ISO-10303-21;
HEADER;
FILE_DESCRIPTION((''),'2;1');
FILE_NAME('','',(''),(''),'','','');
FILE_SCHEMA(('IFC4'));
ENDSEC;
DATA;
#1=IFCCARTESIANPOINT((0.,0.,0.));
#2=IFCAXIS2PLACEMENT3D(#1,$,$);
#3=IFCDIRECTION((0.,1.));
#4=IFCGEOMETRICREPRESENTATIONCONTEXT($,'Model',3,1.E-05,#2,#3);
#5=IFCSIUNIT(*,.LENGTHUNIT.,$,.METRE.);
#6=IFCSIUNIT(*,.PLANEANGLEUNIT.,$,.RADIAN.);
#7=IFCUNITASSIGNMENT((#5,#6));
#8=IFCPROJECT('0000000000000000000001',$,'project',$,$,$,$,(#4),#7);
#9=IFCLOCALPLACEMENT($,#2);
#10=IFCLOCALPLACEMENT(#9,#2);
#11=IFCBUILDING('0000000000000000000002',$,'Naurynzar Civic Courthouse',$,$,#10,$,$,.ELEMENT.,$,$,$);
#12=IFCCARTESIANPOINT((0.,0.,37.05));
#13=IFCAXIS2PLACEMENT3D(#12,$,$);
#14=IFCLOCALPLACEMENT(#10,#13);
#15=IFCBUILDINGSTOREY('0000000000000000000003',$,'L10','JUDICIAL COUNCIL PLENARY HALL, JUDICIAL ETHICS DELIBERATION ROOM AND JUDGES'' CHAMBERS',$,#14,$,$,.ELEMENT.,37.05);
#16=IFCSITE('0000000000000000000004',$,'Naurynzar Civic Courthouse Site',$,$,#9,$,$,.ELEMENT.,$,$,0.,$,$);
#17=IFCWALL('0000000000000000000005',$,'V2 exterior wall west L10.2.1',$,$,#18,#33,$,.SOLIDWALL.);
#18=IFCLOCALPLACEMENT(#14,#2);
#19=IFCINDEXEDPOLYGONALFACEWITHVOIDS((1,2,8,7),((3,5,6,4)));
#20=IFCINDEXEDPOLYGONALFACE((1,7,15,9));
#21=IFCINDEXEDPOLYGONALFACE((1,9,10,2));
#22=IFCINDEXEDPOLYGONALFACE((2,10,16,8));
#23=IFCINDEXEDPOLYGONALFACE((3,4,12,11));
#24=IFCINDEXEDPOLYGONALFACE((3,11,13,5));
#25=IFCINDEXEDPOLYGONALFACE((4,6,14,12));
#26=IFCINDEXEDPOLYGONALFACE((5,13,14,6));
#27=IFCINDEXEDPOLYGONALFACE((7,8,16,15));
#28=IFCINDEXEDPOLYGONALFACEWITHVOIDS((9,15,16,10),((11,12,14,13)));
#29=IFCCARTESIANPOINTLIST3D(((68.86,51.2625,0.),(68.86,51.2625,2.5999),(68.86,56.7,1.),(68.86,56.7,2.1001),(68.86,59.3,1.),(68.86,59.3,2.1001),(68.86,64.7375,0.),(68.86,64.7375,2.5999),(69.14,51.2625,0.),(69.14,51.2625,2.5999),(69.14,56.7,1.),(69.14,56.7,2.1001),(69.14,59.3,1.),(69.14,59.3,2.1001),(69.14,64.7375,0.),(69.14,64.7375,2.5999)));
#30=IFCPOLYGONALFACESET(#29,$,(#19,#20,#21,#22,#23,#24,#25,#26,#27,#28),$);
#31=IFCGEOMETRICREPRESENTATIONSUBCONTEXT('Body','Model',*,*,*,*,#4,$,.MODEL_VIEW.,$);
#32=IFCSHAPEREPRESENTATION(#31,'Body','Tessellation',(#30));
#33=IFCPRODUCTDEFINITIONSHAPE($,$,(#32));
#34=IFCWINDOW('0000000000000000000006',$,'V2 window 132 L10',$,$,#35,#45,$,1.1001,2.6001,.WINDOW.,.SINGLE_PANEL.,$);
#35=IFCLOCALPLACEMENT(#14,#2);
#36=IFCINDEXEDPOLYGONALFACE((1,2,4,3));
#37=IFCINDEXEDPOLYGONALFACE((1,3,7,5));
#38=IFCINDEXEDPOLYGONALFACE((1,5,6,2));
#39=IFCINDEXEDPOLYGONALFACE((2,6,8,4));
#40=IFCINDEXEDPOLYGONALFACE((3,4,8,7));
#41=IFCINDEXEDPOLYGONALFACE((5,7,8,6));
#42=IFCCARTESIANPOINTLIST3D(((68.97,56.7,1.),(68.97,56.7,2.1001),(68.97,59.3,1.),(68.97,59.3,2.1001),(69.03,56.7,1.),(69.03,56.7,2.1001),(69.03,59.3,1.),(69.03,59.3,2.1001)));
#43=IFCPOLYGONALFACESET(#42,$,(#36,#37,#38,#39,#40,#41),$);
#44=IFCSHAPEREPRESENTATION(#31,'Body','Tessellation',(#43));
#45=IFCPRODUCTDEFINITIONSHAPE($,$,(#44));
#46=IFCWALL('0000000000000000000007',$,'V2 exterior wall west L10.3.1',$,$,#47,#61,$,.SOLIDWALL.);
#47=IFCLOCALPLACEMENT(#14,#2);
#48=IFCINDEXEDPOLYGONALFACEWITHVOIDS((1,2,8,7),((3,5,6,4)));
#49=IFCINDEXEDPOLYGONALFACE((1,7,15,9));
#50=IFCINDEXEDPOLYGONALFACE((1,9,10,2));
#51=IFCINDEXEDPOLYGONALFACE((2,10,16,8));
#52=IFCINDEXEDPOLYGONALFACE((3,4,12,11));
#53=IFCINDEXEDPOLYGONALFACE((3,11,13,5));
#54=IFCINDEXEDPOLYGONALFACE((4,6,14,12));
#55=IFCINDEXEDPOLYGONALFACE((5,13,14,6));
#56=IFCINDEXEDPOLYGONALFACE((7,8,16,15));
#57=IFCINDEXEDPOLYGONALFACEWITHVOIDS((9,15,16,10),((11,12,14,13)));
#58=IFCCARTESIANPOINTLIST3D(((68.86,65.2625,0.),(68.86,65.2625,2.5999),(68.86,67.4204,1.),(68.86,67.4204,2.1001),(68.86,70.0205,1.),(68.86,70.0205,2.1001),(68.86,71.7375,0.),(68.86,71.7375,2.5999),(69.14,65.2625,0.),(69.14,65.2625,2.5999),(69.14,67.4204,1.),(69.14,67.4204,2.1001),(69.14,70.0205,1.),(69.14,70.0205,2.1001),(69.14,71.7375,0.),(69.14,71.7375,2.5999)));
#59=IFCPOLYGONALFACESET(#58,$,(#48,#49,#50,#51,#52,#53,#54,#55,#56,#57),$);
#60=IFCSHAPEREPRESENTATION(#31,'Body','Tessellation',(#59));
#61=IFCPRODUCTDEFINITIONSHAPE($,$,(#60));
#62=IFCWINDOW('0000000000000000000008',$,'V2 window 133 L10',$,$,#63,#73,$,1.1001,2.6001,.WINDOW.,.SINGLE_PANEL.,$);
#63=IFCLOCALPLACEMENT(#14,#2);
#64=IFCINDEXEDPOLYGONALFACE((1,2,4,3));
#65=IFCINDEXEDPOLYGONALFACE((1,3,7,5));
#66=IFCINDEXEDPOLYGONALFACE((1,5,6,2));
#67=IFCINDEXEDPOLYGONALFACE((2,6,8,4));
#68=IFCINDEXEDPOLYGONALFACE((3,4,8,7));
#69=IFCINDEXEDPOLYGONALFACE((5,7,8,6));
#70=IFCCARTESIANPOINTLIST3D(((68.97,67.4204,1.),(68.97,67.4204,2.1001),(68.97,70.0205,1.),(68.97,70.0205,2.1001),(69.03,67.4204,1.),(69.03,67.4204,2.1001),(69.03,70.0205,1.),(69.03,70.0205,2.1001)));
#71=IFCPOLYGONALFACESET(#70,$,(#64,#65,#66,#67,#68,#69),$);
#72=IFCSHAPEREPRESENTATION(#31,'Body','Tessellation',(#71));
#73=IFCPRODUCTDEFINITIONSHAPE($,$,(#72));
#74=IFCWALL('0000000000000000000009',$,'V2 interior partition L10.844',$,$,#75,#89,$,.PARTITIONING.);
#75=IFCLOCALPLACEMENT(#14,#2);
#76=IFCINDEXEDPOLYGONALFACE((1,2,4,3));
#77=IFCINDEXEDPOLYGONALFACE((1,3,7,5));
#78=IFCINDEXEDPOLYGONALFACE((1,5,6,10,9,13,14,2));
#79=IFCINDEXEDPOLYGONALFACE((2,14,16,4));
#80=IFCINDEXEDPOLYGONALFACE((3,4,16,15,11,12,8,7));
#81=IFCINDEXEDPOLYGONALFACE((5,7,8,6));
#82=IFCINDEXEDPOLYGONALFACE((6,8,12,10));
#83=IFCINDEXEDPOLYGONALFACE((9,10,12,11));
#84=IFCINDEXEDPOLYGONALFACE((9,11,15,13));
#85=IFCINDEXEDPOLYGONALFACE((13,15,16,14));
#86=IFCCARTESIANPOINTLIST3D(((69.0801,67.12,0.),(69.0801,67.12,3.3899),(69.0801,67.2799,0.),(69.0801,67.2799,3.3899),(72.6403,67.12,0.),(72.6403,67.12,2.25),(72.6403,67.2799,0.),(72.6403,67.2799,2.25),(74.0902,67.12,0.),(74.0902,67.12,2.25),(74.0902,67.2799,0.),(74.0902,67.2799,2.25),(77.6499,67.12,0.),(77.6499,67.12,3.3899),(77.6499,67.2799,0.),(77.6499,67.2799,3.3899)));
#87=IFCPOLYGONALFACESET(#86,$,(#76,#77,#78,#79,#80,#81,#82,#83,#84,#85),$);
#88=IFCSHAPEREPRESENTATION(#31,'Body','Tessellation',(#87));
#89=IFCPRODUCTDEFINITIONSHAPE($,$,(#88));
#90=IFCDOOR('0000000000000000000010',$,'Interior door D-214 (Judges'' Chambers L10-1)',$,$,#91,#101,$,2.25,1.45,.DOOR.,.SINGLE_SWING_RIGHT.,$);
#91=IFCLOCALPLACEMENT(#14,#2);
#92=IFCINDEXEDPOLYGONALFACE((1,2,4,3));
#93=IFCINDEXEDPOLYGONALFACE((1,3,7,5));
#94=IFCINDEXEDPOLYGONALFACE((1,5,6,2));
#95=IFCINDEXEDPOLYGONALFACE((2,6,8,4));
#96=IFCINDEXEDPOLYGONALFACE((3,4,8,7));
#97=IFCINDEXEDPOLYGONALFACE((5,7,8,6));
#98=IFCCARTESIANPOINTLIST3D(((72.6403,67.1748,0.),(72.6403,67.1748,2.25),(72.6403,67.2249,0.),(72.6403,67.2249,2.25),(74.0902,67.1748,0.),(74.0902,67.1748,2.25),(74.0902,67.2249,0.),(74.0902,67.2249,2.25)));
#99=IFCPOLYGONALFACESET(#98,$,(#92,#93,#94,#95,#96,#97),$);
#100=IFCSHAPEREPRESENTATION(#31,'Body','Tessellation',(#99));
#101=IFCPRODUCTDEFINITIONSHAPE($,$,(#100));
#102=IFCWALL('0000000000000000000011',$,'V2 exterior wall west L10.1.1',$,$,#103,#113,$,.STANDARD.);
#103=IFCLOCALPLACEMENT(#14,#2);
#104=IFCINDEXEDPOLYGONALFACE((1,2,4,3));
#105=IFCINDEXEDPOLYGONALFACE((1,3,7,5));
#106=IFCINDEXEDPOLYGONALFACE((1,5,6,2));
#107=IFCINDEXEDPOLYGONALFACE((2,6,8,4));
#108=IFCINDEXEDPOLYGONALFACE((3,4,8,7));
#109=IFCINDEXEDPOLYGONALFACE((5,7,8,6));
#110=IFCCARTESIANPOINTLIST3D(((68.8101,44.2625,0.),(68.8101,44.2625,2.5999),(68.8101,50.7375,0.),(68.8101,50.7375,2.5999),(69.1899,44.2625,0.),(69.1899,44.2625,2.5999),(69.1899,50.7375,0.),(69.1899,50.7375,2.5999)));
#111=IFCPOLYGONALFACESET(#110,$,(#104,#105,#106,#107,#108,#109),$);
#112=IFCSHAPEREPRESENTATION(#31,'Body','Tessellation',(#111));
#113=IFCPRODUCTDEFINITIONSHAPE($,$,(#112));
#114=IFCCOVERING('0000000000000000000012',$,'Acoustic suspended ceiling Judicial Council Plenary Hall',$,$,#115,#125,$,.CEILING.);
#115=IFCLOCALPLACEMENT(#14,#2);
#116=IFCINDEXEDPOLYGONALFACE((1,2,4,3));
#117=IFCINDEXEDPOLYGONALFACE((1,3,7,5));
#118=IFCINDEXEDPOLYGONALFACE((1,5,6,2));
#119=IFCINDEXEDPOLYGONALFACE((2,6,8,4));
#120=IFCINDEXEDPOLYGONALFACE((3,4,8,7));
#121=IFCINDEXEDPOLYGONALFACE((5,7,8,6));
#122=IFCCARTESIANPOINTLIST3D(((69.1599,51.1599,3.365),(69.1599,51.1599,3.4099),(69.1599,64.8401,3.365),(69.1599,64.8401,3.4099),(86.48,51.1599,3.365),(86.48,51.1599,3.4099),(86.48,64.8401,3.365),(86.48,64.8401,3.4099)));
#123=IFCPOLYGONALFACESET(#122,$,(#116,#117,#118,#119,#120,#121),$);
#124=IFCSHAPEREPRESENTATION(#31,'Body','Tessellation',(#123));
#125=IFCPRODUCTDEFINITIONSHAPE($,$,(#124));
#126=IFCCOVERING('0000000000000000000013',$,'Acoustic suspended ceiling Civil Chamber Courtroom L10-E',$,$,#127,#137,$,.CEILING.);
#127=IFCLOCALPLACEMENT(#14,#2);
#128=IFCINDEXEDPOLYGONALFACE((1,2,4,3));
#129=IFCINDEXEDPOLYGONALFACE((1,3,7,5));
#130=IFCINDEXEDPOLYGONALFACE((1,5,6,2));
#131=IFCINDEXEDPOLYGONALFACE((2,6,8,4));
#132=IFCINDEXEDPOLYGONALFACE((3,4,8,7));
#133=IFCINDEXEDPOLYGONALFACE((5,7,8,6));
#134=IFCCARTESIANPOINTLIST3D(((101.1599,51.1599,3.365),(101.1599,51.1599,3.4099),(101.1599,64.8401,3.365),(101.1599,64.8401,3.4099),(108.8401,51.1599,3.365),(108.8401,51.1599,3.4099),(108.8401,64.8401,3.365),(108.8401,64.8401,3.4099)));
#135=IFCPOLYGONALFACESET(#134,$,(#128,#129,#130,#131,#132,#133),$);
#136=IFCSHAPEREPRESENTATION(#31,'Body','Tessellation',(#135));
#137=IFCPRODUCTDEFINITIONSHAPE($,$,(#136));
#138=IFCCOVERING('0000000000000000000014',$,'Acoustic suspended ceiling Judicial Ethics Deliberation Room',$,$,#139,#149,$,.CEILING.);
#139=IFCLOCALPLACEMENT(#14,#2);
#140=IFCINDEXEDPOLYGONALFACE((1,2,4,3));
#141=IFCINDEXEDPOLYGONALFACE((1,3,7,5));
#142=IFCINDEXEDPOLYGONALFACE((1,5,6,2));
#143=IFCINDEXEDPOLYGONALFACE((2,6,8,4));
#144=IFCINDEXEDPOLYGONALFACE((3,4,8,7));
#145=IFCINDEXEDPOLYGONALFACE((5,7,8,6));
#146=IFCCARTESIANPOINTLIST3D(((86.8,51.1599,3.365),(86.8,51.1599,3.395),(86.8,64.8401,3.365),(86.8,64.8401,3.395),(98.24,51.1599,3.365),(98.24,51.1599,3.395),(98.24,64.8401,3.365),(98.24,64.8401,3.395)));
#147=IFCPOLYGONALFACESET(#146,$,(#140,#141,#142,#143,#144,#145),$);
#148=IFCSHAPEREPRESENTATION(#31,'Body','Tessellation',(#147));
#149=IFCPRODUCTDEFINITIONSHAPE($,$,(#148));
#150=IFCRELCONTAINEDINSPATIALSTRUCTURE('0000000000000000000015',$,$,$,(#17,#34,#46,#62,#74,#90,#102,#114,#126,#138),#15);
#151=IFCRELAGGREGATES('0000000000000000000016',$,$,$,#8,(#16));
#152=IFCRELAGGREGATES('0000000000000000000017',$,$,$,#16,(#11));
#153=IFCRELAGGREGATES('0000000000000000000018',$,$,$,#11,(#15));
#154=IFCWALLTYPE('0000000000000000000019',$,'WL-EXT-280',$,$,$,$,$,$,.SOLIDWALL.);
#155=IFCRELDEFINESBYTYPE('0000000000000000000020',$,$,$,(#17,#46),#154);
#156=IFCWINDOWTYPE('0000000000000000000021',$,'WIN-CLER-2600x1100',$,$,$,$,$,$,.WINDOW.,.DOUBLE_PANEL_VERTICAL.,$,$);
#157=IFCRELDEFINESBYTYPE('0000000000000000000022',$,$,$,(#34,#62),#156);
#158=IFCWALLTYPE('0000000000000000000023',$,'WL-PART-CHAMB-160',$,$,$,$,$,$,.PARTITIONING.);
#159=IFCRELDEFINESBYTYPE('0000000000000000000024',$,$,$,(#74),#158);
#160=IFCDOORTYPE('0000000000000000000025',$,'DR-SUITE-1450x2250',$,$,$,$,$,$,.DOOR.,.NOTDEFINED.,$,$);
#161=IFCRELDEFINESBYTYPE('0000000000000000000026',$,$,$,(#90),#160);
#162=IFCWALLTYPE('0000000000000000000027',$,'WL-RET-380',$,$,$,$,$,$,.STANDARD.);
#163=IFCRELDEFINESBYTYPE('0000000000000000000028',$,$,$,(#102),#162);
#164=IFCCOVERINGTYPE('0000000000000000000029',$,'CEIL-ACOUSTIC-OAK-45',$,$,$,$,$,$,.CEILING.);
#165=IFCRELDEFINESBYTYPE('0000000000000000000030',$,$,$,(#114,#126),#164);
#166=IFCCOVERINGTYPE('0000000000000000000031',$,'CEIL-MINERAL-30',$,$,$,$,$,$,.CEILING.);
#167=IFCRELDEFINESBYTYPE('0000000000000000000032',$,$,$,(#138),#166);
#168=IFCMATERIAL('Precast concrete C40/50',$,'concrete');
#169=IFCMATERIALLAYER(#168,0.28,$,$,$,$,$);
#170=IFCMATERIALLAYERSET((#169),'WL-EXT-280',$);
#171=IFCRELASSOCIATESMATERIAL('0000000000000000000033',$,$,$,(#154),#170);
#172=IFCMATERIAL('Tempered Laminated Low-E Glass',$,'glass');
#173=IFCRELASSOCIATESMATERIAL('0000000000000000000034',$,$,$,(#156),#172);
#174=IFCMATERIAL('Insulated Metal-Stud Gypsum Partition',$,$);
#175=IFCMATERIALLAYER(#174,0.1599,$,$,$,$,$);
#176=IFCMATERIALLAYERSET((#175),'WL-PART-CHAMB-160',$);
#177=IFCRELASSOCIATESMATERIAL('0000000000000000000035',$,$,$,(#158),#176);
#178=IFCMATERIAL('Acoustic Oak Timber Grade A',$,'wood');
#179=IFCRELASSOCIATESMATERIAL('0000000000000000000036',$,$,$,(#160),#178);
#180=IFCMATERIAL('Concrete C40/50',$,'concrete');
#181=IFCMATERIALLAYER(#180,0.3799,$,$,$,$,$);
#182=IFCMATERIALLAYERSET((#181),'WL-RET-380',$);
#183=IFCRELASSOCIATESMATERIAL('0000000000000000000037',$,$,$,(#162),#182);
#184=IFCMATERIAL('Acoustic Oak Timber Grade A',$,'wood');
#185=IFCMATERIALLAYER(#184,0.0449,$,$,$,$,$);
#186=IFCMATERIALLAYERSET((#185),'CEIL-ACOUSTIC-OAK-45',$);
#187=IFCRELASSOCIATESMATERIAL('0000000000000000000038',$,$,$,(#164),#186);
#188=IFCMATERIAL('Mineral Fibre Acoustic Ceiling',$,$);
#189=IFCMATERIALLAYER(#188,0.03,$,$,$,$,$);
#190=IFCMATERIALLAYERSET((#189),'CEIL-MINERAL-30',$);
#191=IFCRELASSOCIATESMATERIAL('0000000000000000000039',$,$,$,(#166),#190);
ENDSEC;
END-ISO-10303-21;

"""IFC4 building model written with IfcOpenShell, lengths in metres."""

from ifc_helpers import new_model, si_unit, direction, frame, frame_2d, origin, place, context, subcontext, project, spatial, polyline, rectangle, outline, extrude, material, layer, layer_set, type_object, element, fill, save


model = new_model("IFC4")

# Units and contexts
model_context = context("Model", 3, precision=1e-05, world=origin(), true_north=direction((0.0, 1.0)))
body_context = subcontext(model_context, "Body", "Model", "MODEL_VIEW")
ifc_project = project(units=[si_unit("LENGTHUNIT", "METRE"), si_unit("PLANEANGLEUNIT", "RADIAN")], contexts=[model_context])

# Site, building, storey
site_placement = place(None, origin())
site = spatial("IfcSite", under=ifc_project, at=site_placement, Name="Naurynzar Civic Courthouse Site", CompositionType="ELEMENT", RefElevation=0.0)
building_placement = place(site_placement, origin())
building = spatial("IfcBuilding", under=site, at=building_placement, Name="Naurynzar Civic Courthouse", CompositionType="ELEMENT")
storey_placement = place(building_placement, frame((0.0, 0.0, 37.05)))
storey = spatial("IfcBuildingStorey", under=building, at=storey_placement, Name="L10", Description="JUDICIAL COUNCIL PLENARY HALL, JUDICIAL ETHICS DELIBERATION ROOM AND JUDGES' CHAMBERS", CompositionType="ELEMENT", Elevation=37.05)

# Walls, openings, windows
ifc_material_1 = material(Name="Precast concrete C40/50", Category="concrete")
ifc_layer_1 = layer(ifc_material_1, 0.28)
ifc_layer_set_1 = layer_set([ifc_layer_1], Name="WL-EXT-280")
wall_type_1 = type_object("IfcWallType", Name="WL-EXT-280", PredefinedType="SOLIDWALL", material=ifc_layer_set_1)
wall_1_placement = place(storey_placement, frame((69.0, 51.2625, 0.0), z_axis=(0.0, 0.0, 1.0), x_axis=(0.0, 1.0, 0.0)))
wall_1 = element("IfcWall", 1, at=wall_1_placement, inside=storey, type_object=wall_type_1, Name="V2 exterior wall west L10.2.1", PredefinedType="SOLIDWALL", context=body_context, shape_type="SweptSolid", body=[
    extrude(rectangle(XDim=13.4751, YDim=0.28, at=frame_2d((6.7375, 0.0))), origin(), (0.0, 0.0, 1.0), 2.5999),
])
opening_1_placement = place(wall_1_placement, frame((5.4375, 0.0, 1.0)))
opening_1 = element("IfcOpeningElement", 2, at=opening_1_placement, cuts=wall_1, PredefinedType="OPENING", context=body_context, shape_type="SweptSolid", body=[
    extrude(rectangle(XDim=2.6001, YDim=1.1001, at=frame_2d((1.3, 0.55))), frame((0.0, 0.1499, 0.0), z_axis=(0.0, -1.0, 0.0), x_axis=(1.0, 0.0, 0.0)), (0.0, 0.0, 1.0), 0.3),
])
ifc_material_2 = material(Name="Tempered Laminated Low-E Glass", Category="glass")
window_type = type_object("IfcWindowType", Name="WIN-CLER-2600x1100", PartitioningType="DOUBLE_PANEL_VERTICAL", PredefinedType="WINDOW", material=ifc_material_2)
window_1_placement = place(opening_1_placement, origin())
window_1 = element("IfcWindow", 3, at=window_1_placement, inside=storey, type_object=window_type, Name="V2 window 132 L10", OverallHeight=1.1001, OverallWidth=2.6001, PartitioningType="SINGLE_PANEL", PredefinedType="WINDOW", context=body_context, shape_type="SweptSolid", body=[
    extrude(rectangle(XDim=2.6001, YDim=1.1001, at=frame_2d((1.3, 0.55))), frame((0.0, 0.03, 0.0), z_axis=(0.0, -1.0, 0.0), x_axis=(1.0, 0.0, 0.0)), (0.0, 0.0, 1.0), 0.0601),
])
fill(opening_1, window_1)
wall_2_placement = place(storey_placement, frame((69.0, 65.2625, 0.0), z_axis=(0.0, 0.0, 1.0), x_axis=(0.0, 1.0, 0.0)))
wall_2 = element("IfcWall", 4, at=wall_2_placement, inside=storey, type_object=wall_type_1, Name="V2 exterior wall west L10.3.1", PredefinedType="SOLIDWALL", context=body_context, shape_type="SweptSolid", body=[
    extrude(rectangle(XDim=6.4751, YDim=0.28, at=frame_2d((3.2375, 0.0))), origin(), (0.0, 0.0, 1.0), 2.5999),
])
opening_2_placement = place(wall_2_placement, frame((2.158, 0.0, 1.0)))
opening_2 = element("IfcOpeningElement", 5, at=opening_2_placement, cuts=wall_2, PredefinedType="OPENING", context=body_context, shape_type="SweptSolid", body=[
    extrude(rectangle(XDim=2.6001, YDim=1.1001, at=frame_2d((1.3, 0.55))), frame((0.0, 0.1499, 0.0), z_axis=(0.0, -1.0, 0.0), x_axis=(1.0, 0.0, 0.0)), (0.0, 0.0, 1.0), 0.3),
])
window_2_placement = place(opening_2_placement, origin())
window_2 = element("IfcWindow", 6, at=window_2_placement, inside=storey, type_object=window_type, Name="V2 window 133 L10", OverallHeight=1.1001, OverallWidth=2.6001, PartitioningType="SINGLE_PANEL", PredefinedType="WINDOW", context=body_context, shape_type="SweptSolid", body=[
    extrude(rectangle(XDim=2.6001, YDim=1.1001, at=frame_2d((1.3, 0.55))), frame((0.0, 0.03, 0.0), z_axis=(0.0, -1.0, 0.0), x_axis=(1.0, 0.0, 0.0)), (0.0, 0.0, 1.0), 0.0601),
])
fill(opening_2, window_2)

# Wall, opening, door
ifc_material_3 = material(Name="Insulated Metal-Stud Gypsum Partition")
ifc_layer_2 = layer(ifc_material_3, 0.1599)
ifc_layer_set_2 = layer_set([ifc_layer_2], Name="WL-PART-CHAMB-160")
wall_type_2 = type_object("IfcWallType", Name="WL-PART-CHAMB-160", PredefinedType="PARTITIONING", material=ifc_layer_set_2)
wall_3_placement = place(storey_placement, frame((69.0801, 67.2, 0.0), z_axis=(0.0, 0.0, 1.0), x_axis=(1.0, 0.0, 0.0)))
wall_3 = element("IfcWall", 7, at=wall_3_placement, inside=storey, type_object=wall_type_2, Name="V2 interior partition L10.844", PredefinedType="PARTITIONING", context=body_context, shape_type="SweptSolid", body=[
    extrude(rectangle(XDim=8.5698, YDim=0.1599, at=frame_2d((4.2849, 0.0))), origin(), (0.0, 0.0, 1.0), 3.3899),
])
opening_3_placement = place(wall_3_placement, frame((3.5601, 0.0, 0.0)))
opening_3 = element("IfcOpeningElement", 8, at=opening_3_placement, cuts=wall_3, PredefinedType="OPENING", context=body_context, shape_type="SweptSolid", body=[
    extrude(rectangle(XDim=1.45, YDim=2.25, at=frame_2d((0.7251, 1.125))), frame((0.0, 0.0898, 0.0), z_axis=(0.0, -1.0, 0.0), x_axis=(1.0, 0.0, 0.0)), (0.0, 0.0, 1.0), 0.1799),
])
ifc_material_4 = material(Name="Acoustic Oak Timber Grade A", Category="wood")
door_type_1 = type_object("IfcDoorType", Name="DR-SUITE-1450x2250", OperationType="NOTDEFINED", PredefinedType="DOOR", material=ifc_material_4)
door_1_placement = place(opening_3_placement, origin())
door_1 = element("IfcDoor", 9, at=door_1_placement, inside=storey, type_object=door_type_1, Name="Interior door D-214 (Judges' Chambers L10-1)", OperationType="SINGLE_SWING_RIGHT", OverallHeight=2.25, OverallWidth=1.45, PredefinedType="DOOR", context=body_context, shape_type="SweptSolid", body=[
    extrude(rectangle(XDim=1.45, YDim=2.25, at=frame_2d((0.7251, 1.125))), frame((0.0, 0.0249, 0.0), z_axis=(0.0, -1.0, 0.0), x_axis=(1.0, 0.0, 0.0)), (0.0, 0.0, 1.0), 0.05),
])
fill(opening_3, door_1)

# Wall
ifc_material_5 = material(Name="Concrete C40/50", Category="concrete")
ifc_layer_3 = layer(ifc_material_5, 0.3799)
ifc_layer_set_3 = layer_set([ifc_layer_3], Name="WL-RET-380")
wall_type_3 = type_object("IfcWallType", Name="WL-RET-380", PredefinedType="STANDARD", material=ifc_layer_set_3)
wall_4_placement = place(storey_placement, frame((69.0, 44.2625, 0.0), z_axis=(0.0, 0.0, 1.0), x_axis=(0.0, 1.0, 0.0)))
element("IfcWall", 10, at=wall_4_placement, inside=storey, type_object=wall_type_3, Name="V2 exterior wall west L10.1.1", PredefinedType="STANDARD", context=body_context, shape_type="SweptSolid", body=[
    extrude(rectangle(XDim=6.4751, YDim=0.3799, at=frame_2d((3.2375, 0.0))), origin(), (0.0, 0.0, 1.0), 2.5999),
])

# Coverings
ifc_material_6 = material(Name="Acoustic Oak Timber Grade A", Category="wood")
ifc_layer_4 = layer(ifc_material_6, 0.0449)
ifc_layer_set_4 = layer_set([ifc_layer_4], Name="CEIL-ACOUSTIC-OAK-45")
covering_type_1 = type_object("IfcCoveringType", Name="CEIL-ACOUSTIC-OAK-45", PredefinedType="CEILING", material=ifc_layer_set_4)
covering_1_placement = place(storey_placement, frame((0.0, 0.0, 3.365)))
element("IfcCovering", 11, at=covering_1_placement, inside=storey, type_object=covering_type_1, Name="Acoustic suspended ceiling Judicial Council Plenary Hall", PredefinedType="CEILING", context=body_context, shape_type="SweptSolid", body=[
    extrude(outline(polyline([(86.48, 51.1599), (69.1599, 51.1599), (69.1599, 64.8401), (86.48, 64.8401), (86.48, 51.1599)])), origin(), (0.0, 0.0, 1.0), 0.0449),
])
covering_2_placement = place(storey_placement, frame((0.0, 0.0, 3.365)))
element("IfcCovering", 12, at=covering_2_placement, inside=storey, type_object=covering_type_1, Name="Acoustic suspended ceiling Civil Chamber Courtroom L10-E", PredefinedType="CEILING", context=body_context, shape_type="SweptSolid", body=[
    extrude(outline(polyline([(108.8401, 51.1599), (101.1599, 51.1599), (101.1599, 64.8401), (108.8401, 64.8401), (108.8401, 51.1599)])), origin(), (0.0, 0.0, 1.0), 0.0449),
])
ifc_material_7 = material(Name="Mineral Fibre Acoustic Ceiling")
ifc_layer_5 = layer(ifc_material_7, 0.03)
ifc_layer_set_5 = layer_set([ifc_layer_5], Name="CEIL-MINERAL-30")
covering_type_2 = type_object("IfcCoveringType", Name="CEIL-MINERAL-30", PredefinedType="CEILING", material=ifc_layer_set_5)
covering_3_placement = place(storey_placement, frame((0.0, 0.0, 3.365)))
element("IfcCovering", 13, at=covering_3_placement, inside=storey, type_object=covering_type_2, Name="Acoustic suspended ceiling Judicial Ethics Deliberation Room", PredefinedType="CEILING", context=body_context, shape_type="SweptSolid", body=[
    extrude(outline(polyline([(98.24, 51.1599), (86.8, 51.1599), (86.8, 64.8401), (98.24, 64.8401), (98.24, 51.1599)])), origin(), (0.0, 0.0, 1.0), 0.03),
])

save(model, "model.ifc")
